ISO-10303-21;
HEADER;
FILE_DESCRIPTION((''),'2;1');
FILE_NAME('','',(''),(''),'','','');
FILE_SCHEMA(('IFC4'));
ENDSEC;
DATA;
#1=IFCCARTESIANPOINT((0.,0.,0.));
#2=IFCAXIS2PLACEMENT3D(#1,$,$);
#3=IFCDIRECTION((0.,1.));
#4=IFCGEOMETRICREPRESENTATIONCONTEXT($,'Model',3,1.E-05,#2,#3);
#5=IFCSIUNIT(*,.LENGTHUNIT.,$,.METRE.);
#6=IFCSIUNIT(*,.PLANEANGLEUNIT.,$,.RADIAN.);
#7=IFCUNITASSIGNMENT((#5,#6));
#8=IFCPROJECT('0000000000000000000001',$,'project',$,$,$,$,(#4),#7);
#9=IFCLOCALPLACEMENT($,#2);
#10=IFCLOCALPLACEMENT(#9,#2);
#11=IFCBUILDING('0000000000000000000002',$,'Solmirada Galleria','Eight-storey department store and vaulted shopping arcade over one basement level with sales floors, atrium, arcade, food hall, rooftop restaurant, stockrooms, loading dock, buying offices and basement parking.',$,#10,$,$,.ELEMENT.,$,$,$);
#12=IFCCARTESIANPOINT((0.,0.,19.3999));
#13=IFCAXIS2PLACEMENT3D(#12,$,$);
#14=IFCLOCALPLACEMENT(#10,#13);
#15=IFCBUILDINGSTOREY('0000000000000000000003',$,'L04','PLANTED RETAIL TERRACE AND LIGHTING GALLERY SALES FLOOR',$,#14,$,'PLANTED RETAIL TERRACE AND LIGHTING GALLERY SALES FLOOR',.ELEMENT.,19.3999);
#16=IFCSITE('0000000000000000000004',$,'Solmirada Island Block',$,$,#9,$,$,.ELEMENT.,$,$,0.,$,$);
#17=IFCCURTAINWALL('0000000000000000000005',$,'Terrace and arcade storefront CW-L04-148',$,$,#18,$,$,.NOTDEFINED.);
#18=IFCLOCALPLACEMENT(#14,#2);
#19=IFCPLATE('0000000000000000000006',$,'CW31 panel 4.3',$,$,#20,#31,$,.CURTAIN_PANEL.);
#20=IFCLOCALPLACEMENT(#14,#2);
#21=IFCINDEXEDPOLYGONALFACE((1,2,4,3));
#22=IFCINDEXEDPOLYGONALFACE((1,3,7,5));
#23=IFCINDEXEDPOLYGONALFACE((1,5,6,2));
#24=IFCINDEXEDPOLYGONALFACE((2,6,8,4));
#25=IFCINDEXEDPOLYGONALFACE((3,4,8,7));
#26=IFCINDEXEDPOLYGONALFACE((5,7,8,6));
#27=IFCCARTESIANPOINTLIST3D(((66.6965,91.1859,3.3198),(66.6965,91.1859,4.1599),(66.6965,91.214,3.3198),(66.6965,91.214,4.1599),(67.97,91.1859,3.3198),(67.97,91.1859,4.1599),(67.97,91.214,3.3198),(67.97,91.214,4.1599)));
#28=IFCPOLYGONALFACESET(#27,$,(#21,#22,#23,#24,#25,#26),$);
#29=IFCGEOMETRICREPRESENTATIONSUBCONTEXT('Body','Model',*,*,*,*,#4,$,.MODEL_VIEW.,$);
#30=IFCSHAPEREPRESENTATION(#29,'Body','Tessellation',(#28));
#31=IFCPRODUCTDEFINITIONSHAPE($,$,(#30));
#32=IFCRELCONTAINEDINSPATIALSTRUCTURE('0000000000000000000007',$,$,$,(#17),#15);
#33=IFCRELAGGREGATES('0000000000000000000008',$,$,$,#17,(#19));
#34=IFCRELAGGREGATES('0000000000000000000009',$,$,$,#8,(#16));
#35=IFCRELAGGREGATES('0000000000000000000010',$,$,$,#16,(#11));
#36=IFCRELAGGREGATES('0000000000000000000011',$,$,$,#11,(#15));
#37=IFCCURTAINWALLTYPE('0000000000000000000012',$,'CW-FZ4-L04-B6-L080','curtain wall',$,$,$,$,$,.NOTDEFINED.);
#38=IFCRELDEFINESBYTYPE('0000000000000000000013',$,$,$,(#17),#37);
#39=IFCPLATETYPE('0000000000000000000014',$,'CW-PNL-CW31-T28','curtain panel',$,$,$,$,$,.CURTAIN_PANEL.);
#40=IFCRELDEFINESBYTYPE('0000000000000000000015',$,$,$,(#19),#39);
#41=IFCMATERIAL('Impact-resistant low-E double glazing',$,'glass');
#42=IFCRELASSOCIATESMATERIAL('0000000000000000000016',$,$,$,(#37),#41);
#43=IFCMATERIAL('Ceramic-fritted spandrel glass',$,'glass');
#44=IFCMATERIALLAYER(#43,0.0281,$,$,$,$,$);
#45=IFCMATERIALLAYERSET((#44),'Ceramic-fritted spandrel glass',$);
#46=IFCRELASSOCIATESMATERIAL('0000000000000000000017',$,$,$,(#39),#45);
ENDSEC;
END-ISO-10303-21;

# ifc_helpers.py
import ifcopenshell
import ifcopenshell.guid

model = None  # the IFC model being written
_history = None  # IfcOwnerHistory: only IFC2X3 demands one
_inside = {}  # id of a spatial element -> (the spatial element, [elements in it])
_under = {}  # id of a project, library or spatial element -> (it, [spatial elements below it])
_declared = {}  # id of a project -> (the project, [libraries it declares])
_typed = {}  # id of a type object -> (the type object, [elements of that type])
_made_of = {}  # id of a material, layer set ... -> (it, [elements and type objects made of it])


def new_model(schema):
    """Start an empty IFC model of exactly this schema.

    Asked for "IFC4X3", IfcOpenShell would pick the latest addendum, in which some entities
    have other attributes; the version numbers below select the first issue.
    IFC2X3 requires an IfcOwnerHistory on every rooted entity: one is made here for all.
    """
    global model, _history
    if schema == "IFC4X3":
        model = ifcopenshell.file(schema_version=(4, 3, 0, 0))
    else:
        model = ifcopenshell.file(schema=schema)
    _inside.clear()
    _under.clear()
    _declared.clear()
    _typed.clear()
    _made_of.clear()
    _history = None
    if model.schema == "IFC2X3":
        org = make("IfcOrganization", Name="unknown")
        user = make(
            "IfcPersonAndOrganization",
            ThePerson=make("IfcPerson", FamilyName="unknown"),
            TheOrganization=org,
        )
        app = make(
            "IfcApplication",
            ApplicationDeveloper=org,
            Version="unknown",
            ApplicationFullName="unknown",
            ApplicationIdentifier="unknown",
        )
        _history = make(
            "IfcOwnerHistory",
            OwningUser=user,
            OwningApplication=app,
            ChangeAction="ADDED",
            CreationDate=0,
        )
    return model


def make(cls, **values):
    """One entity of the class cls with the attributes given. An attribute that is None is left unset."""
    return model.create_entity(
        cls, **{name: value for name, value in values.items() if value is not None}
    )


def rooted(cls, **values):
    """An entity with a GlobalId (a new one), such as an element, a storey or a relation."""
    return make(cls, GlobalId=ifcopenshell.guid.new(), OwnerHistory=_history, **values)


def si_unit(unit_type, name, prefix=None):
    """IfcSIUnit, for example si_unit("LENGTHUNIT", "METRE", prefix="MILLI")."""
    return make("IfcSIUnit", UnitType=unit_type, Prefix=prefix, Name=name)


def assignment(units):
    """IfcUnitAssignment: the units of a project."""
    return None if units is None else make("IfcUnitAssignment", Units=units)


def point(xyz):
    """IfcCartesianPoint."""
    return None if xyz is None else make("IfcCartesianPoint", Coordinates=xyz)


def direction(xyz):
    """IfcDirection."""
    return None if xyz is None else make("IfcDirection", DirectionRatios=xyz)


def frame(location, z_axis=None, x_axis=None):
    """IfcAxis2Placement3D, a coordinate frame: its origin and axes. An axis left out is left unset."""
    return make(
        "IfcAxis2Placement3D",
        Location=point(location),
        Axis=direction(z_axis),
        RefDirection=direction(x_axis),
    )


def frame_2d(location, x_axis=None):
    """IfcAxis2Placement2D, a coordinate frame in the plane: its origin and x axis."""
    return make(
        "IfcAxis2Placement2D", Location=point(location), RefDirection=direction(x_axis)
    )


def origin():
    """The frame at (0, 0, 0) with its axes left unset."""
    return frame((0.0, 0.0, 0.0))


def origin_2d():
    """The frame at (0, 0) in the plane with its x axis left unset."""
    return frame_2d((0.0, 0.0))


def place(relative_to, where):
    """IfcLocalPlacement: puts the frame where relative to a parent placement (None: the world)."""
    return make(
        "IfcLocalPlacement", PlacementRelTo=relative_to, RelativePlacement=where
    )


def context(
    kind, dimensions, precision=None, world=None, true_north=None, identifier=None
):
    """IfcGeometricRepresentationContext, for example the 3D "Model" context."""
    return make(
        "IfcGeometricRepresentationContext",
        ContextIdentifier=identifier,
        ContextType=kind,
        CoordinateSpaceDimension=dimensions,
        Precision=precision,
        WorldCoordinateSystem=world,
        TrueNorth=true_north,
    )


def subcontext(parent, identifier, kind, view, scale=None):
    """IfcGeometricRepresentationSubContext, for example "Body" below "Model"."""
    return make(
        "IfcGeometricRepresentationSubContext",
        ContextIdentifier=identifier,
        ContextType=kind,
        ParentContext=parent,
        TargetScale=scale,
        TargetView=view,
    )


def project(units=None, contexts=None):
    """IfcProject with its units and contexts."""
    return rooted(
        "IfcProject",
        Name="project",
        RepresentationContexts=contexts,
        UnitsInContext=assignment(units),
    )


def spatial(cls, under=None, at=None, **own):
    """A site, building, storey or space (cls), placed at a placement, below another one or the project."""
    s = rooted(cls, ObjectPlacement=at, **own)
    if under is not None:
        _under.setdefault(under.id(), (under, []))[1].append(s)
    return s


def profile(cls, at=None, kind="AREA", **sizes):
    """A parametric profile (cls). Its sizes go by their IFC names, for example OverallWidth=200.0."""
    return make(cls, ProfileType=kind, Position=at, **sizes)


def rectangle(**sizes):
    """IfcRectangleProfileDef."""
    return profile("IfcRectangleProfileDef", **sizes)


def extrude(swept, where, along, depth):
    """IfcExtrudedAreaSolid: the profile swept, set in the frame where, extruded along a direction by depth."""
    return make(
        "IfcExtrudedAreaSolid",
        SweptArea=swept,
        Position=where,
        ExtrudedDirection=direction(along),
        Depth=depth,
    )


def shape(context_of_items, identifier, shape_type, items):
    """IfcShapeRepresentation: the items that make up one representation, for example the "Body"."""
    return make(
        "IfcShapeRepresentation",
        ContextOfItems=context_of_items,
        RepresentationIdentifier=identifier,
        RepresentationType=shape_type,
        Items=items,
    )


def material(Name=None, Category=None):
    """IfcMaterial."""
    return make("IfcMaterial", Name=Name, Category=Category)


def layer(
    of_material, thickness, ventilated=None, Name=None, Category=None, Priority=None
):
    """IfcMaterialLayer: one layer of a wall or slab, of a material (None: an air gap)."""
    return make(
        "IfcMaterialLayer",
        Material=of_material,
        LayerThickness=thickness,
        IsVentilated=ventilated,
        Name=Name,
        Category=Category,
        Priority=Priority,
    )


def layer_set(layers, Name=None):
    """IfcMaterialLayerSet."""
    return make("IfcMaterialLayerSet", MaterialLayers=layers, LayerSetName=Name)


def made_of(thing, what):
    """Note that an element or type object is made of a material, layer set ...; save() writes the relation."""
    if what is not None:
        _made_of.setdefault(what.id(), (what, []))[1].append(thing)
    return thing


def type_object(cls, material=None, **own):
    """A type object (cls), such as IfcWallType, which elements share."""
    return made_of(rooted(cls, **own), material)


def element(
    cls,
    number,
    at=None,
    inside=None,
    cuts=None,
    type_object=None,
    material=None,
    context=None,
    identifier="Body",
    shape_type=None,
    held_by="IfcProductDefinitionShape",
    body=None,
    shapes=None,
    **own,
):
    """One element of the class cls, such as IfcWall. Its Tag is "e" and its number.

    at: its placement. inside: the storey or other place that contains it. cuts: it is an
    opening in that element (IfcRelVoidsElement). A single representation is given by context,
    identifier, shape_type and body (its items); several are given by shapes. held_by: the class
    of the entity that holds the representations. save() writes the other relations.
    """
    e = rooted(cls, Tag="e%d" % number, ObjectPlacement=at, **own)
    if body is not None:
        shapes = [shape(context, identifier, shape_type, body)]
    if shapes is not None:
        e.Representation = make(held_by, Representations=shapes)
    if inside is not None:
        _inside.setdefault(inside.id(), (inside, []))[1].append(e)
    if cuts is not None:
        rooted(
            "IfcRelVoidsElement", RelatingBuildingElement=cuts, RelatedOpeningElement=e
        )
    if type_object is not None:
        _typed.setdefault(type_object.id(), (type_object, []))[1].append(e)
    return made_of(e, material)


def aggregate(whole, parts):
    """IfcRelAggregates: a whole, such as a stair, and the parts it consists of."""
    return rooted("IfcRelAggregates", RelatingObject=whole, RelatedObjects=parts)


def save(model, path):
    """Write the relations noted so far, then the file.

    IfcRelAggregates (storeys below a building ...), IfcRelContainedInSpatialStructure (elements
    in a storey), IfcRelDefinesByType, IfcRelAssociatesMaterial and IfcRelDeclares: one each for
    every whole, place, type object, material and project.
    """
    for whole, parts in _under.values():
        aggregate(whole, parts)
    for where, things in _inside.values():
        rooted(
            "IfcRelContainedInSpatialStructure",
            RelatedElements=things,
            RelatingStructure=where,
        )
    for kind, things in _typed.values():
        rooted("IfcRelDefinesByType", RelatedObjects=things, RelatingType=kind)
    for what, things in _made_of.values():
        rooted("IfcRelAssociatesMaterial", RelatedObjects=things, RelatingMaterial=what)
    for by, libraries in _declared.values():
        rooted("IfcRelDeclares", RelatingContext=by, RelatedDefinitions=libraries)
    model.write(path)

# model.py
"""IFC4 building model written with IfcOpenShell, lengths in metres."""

from ifc_helpers import new_model, si_unit, direction, frame, origin, origin_2d, place, context, subcontext, project, spatial, rectangle, extrude, material, layer, layer_set, type_object, element, aggregate, save


model = new_model("IFC4")

# Units and contexts
model_context = context("Model", 3, precision=1e-05, world=origin(), true_north=direction((0.0, 1.0)))
body_context = subcontext(model_context, "Body", "Model", "MODEL_VIEW")
ifc_project = project(units=[si_unit("LENGTHUNIT", "METRE"), si_unit("PLANEANGLEUNIT", "RADIAN")], contexts=[model_context])

# Site, building, storey
site_placement = place(None, origin())
site = spatial("IfcSite", under=ifc_project, at=site_placement, Name="Solmirada Island Block", CompositionType="ELEMENT", RefElevation=0.0)
building_placement = place(site_placement, origin())
building = spatial("IfcBuilding", under=site, at=building_placement, Name="Solmirada Galleria", Description="Eight-storey department store and vaulted shopping arcade over one basement level with sales floors, atrium, arcade, food hall, rooftop restaurant, stockrooms, loading dock, buying offices and basement parking.", CompositionType="ELEMENT")
storey_placement = place(building_placement, frame((0.0, 0.0, 19.3999)))
storey = spatial("IfcBuildingStorey", under=building, at=storey_placement, Name="L04", Description="PLANTED RETAIL TERRACE AND LIGHTING GALLERY SALES FLOOR", LongName="PLANTED RETAIL TERRACE AND LIGHTING GALLERY SALES FLOOR", CompositionType="ELEMENT", Elevation=19.3999)

# Curtain wall, plate
ifc_material_1 = material(Name="Impact-resistant low-E double glazing", Category="glass")
curtain_wall_type = type_object("IfcCurtainWallType", Name="CW-FZ4-L04-B6-L080", Description="curtain wall", PredefinedType="NOTDEFINED", material=ifc_material_1)
curtain_wall_placement = place(storey_placement, origin())
curtain_wall = element("IfcCurtainWall", 1, at=curtain_wall_placement, inside=storey, type_object=curtain_wall_type, Name="Terrace and arcade storefront CW-L04-148", PredefinedType="NOTDEFINED")
ifc_material_2 = material(Name="Ceramic-fritted spandrel glass", Category="glass")
ifc_layer = layer(ifc_material_2, 0.0281)
ifc_layer_set = layer_set([ifc_layer], Name="Ceramic-fritted spandrel glass")
plate_type = type_object("IfcPlateType", Name="CW-PNL-CW31-T28", Description="curtain panel", PredefinedType="CURTAIN_PANEL", material=ifc_layer_set)
plate_1_placement = place(storey_placement, frame((67.3333, 91.2, 3.3198), z_axis=(0.0, 0.0, 1.0), x_axis=(-1.0, 0.0, 0.0)))
plate_1 = element("IfcPlate", 2, at=plate_1_placement, type_object=plate_type, Name="CW31 panel 4.3", PredefinedType="CURTAIN_PANEL", context=body_context, shape_type="SweptSolid", body=[
    extrude(rectangle(XDim=1.2734, YDim=0.0281, at=origin_2d()), origin(), (0.0, 0.0, 1.0), 0.8401),
])
aggregate(curtain_wall, [plate_1])

save(model, "model.ifc")
